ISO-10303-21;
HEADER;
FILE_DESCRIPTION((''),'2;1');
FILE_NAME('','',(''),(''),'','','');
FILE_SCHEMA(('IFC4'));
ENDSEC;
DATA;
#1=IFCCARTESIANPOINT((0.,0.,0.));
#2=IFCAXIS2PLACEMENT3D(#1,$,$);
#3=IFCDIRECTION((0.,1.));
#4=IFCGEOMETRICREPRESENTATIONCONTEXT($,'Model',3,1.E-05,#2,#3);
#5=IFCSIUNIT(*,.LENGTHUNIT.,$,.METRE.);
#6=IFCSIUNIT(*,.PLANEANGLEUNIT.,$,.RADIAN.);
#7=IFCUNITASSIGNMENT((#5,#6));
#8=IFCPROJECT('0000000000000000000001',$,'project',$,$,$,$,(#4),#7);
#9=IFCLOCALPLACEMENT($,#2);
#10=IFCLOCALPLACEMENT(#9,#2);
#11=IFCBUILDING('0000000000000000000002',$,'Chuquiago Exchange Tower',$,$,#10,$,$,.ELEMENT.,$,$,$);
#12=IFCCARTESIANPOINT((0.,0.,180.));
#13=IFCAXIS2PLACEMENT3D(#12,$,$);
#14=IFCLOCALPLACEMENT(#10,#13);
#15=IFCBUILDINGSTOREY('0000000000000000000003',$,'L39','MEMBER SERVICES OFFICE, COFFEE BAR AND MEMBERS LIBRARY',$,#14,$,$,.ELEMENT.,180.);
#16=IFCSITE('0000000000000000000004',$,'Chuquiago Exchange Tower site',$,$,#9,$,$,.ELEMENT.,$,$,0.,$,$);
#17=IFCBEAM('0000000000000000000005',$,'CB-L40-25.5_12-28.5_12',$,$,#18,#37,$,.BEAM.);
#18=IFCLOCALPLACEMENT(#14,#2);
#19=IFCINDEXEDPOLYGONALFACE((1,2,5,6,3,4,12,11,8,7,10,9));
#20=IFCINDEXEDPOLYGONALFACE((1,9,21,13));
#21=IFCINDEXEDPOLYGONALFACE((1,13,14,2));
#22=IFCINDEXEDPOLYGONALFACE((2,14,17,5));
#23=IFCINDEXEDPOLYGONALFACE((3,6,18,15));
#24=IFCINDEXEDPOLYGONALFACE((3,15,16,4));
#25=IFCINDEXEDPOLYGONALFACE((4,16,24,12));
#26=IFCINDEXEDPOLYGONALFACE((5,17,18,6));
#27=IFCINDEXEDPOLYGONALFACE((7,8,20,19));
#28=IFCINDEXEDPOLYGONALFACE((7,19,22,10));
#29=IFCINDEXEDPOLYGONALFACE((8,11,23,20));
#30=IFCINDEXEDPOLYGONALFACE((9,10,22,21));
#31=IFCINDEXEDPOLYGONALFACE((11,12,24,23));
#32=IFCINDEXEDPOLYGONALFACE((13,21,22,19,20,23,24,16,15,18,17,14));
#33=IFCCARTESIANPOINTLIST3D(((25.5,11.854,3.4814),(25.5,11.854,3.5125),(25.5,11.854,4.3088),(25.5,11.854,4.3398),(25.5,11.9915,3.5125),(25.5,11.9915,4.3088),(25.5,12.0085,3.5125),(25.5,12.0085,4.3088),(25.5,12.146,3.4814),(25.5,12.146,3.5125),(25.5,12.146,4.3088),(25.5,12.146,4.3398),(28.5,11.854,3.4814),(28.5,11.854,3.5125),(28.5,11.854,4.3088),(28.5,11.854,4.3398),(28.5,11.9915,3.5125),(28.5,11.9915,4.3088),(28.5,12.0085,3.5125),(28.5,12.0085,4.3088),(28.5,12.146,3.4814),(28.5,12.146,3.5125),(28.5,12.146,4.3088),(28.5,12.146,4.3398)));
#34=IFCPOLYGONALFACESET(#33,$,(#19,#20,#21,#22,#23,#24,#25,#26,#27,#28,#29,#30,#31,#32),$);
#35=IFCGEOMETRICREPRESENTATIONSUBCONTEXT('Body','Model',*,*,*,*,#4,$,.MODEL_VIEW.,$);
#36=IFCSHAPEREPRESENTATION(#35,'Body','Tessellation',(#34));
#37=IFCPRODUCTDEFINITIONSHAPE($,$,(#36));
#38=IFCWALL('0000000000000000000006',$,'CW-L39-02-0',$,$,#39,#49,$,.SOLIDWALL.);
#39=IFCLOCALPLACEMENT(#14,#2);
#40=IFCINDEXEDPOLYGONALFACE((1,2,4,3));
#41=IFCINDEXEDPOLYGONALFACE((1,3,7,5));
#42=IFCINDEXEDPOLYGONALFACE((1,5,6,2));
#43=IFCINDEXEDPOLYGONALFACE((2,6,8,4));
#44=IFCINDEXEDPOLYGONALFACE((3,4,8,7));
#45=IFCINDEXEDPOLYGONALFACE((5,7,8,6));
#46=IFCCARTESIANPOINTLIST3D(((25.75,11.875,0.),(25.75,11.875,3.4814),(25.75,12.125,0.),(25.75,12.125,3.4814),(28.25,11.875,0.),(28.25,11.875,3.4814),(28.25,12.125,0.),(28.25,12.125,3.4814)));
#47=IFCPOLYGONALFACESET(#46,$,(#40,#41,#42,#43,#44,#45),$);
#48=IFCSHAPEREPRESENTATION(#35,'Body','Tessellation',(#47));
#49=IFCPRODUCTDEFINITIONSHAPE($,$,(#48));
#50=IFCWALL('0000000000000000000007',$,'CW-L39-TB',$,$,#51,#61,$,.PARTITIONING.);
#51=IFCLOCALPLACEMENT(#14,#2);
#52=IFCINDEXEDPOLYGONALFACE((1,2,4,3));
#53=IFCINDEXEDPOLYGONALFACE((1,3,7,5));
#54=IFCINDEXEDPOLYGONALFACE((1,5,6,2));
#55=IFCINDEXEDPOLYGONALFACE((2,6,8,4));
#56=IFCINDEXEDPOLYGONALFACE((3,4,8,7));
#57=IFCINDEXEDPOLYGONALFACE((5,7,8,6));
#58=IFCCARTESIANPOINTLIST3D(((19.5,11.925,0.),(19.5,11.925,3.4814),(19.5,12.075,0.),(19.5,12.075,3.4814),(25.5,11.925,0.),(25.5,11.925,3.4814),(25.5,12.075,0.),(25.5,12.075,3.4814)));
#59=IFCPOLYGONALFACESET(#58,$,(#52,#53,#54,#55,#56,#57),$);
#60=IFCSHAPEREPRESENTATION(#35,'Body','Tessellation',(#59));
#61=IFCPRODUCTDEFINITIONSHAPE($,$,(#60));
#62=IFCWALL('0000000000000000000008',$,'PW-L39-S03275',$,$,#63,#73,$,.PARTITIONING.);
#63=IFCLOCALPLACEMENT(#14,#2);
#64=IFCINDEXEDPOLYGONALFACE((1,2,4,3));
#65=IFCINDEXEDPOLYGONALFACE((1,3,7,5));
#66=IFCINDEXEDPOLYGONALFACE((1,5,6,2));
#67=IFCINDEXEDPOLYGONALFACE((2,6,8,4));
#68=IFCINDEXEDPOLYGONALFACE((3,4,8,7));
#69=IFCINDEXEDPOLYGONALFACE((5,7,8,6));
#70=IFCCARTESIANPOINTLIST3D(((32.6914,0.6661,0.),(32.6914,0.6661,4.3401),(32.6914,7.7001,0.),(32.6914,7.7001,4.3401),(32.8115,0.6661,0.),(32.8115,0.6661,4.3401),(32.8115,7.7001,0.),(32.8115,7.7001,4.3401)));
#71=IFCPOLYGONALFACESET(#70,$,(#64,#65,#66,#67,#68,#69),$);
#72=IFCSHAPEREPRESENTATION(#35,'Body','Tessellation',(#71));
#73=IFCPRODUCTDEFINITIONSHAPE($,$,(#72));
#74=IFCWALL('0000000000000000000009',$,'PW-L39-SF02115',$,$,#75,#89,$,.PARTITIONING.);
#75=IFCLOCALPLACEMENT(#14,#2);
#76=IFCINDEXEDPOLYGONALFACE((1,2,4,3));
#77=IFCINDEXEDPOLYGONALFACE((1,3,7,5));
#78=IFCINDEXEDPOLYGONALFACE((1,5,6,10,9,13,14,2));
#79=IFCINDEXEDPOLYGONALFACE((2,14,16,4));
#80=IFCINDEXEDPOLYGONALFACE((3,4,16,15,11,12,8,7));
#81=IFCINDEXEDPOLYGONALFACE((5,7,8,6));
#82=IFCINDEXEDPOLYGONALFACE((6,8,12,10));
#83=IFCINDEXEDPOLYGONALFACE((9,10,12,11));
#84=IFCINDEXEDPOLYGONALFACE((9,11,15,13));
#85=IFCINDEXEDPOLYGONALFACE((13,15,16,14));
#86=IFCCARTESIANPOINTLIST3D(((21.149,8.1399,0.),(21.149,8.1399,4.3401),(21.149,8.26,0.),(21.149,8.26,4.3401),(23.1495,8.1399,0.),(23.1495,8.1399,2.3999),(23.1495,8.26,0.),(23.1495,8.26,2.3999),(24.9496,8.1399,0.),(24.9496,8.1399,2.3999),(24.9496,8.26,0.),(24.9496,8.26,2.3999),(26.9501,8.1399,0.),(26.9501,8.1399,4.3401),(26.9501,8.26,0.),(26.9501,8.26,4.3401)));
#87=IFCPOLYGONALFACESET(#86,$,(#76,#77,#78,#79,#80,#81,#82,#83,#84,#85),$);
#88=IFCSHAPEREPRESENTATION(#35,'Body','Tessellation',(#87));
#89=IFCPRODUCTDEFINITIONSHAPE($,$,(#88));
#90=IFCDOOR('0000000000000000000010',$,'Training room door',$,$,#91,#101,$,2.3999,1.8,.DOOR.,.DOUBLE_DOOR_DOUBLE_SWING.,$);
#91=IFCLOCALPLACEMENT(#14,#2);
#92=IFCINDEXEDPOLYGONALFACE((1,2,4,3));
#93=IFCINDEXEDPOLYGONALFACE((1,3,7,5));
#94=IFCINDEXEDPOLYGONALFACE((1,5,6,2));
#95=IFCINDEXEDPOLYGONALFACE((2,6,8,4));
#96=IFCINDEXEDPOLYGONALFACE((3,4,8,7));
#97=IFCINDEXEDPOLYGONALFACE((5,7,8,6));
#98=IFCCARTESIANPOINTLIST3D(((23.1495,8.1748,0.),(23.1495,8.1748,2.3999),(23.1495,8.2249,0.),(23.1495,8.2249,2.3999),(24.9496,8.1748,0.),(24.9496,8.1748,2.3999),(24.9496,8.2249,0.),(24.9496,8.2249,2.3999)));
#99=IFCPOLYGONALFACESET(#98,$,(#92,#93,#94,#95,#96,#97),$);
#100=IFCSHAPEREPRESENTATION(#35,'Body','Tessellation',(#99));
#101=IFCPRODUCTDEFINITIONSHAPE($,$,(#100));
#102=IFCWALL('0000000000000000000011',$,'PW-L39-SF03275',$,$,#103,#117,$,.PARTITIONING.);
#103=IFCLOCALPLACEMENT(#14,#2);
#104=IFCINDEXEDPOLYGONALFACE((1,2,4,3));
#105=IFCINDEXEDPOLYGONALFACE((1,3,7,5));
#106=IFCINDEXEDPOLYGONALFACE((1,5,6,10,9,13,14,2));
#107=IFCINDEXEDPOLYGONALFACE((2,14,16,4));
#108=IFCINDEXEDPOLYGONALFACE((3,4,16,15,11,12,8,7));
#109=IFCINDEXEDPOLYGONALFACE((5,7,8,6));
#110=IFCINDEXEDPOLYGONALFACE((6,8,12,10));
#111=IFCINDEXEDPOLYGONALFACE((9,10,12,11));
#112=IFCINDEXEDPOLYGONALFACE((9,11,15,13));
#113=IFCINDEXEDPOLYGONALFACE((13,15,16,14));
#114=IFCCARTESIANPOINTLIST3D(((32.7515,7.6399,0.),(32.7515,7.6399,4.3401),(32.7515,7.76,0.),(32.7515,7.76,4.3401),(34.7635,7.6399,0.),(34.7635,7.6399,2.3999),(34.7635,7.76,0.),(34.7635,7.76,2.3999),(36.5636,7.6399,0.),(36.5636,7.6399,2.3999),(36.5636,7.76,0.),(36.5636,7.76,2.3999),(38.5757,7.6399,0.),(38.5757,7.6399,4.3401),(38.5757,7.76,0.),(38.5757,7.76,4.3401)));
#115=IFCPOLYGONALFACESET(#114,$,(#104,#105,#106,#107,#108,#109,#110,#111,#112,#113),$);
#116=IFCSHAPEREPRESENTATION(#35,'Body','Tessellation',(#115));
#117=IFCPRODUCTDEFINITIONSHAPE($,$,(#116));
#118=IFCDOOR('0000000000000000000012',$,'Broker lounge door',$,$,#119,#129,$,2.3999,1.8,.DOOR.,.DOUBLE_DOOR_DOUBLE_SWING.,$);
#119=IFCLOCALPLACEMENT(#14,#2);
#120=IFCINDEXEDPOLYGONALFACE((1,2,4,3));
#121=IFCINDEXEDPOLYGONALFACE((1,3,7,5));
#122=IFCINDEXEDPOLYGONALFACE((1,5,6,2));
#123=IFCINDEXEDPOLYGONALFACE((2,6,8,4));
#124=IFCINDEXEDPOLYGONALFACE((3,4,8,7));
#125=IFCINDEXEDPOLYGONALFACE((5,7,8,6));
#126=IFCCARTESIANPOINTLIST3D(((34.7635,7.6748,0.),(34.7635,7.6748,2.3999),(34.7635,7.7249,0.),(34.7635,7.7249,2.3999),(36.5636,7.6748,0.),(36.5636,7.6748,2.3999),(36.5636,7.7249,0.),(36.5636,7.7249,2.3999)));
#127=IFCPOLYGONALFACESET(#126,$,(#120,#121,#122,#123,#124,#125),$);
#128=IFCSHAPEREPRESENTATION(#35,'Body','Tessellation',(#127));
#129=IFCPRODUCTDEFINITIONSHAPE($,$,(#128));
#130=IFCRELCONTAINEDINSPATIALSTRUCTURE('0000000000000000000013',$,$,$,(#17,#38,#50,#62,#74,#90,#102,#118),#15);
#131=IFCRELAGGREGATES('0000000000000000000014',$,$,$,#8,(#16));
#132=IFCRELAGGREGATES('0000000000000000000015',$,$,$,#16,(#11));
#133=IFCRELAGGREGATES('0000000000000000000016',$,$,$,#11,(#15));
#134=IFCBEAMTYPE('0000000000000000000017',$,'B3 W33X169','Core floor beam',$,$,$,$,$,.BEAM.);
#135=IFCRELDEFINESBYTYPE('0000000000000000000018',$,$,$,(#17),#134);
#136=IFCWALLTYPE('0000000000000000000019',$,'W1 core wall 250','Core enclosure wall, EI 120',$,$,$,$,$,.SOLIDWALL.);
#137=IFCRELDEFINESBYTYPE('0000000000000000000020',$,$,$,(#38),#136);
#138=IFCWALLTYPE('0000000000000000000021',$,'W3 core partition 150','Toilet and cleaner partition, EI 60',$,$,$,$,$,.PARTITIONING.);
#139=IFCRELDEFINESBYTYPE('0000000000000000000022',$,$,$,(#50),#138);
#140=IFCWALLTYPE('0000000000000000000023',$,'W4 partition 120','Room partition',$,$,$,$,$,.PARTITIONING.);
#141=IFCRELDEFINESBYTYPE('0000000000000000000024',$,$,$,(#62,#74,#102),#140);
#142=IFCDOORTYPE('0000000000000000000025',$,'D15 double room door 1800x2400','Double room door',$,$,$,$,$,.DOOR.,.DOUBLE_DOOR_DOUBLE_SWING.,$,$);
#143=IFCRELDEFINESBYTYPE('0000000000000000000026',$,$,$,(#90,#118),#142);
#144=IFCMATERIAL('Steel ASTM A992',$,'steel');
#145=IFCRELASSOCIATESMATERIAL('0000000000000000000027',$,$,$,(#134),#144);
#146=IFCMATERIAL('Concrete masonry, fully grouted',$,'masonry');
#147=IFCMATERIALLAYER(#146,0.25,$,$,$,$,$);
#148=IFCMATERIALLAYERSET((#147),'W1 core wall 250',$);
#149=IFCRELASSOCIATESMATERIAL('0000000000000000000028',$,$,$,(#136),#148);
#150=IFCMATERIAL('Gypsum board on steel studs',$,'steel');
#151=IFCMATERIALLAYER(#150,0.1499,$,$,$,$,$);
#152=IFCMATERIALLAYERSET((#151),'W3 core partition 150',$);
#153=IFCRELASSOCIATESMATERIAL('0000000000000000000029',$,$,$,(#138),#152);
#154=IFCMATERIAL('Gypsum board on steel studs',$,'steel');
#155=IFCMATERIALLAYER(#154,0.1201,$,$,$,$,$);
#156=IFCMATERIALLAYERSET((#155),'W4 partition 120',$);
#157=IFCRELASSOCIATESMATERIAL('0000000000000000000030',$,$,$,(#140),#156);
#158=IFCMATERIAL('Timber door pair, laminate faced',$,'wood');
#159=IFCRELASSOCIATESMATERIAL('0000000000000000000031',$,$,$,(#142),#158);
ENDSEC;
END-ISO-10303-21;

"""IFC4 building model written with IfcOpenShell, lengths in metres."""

from ifc_helpers import new_model, si_unit, direction, frame, frame_2d, origin, origin_2d, place, context, subcontext, project, spatial, rectangle, i_section, extrude, material, layer, layer_set, material_profile, profile_set, type_object, element, fill, save


model = new_model("IFC4")

# Units and contexts
model_context = context("Model", 3, precision=1e-05, world=origin(), true_north=direction((0.0, 1.0)))
body_context = subcontext(model_context, "Body", "Model", "MODEL_VIEW")
ifc_project = project(units=[si_unit("LENGTHUNIT", "METRE"), si_unit("PLANEANGLEUNIT", "RADIAN")], contexts=[model_context])

# Site, building, storey
site_placement = place(None, origin())
site = spatial("IfcSite", under=ifc_project, at=site_placement, Name="Chuquiago Exchange Tower site", CompositionType="ELEMENT", RefElevation=0.0)
building_placement = place(site_placement, origin())
building = spatial("IfcBuilding", under=site, at=building_placement, Name="Chuquiago Exchange Tower", CompositionType="ELEMENT")
storey_placement = place(building_placement, frame((0.0, 0.0, 180.0)))
storey = spatial("IfcBuildingStorey", under=building, at=storey_placement, Name="L39", Description="MEMBER SERVICES OFFICE, COFFEE BAR AND MEMBERS LIBRARY", CompositionType="ELEMENT", Elevation=180.0)

# Beam
ifc_material_1 = material(Name="Steel ASTM A992", Category="steel")
ifc_material_profile_1 = material_profile(ifc_material_1, i_section(OverallWidth=0.292, OverallDepth=0.8584, WebThickness=0.0171, FlangeThickness=0.031, at=origin_2d()), Name="W33X169")
ifc_profile_set_1 = profile_set([ifc_material_profile_1], Name="Steel ASTM A992")
beam_type_1 = type_object("IfcBeamType", Name="B3 W33X169", Description="Core floor beam", PredefinedType="BEAM", material=ifc_profile_set_1)
beam_1_placement = place(storey_placement, frame((25.5, 12.0, 3.9106), z_axis=(1.0, 0.0, 0.0), x_axis=(0.0, 1.0, 0.0)))
element("IfcBeam", 1, at=beam_1_placement, inside=storey, type_object=beam_type_1, Name="CB-L40-25.5_12-28.5_12", PredefinedType="BEAM", context=body_context, shape_type="SweptSolid", body=[
    extrude(i_section(OverallWidth=0.292, OverallDepth=0.8584, WebThickness=0.0171, FlangeThickness=0.031, at=origin_2d()), origin(), (0.0, 0.0, 1.0), 3.0),
])

# Walls
ifc_material_2 = material(Name="Concrete masonry, fully grouted", Category="masonry")
ifc_layer_1 = layer(ifc_material_2, 0.25)
ifc_layer_set_1 = layer_set([ifc_layer_1], Name="W1 core wall 250")
wall_type_1 = type_object("IfcWallType", Name="W1 core wall 250", Description="Core enclosure wall, EI 120", PredefinedType="SOLIDWALL", material=ifc_layer_set_1)
wall_1_placement = place(storey_placement, frame((25.75, 12.0, 0.0), z_axis=(0.0, 0.0, 1.0), x_axis=(1.0, 0.0, 0.0)))
element("IfcWall", 2, at=wall_1_placement, inside=storey, type_object=wall_type_1, Name="CW-L39-02-0", PredefinedType="SOLIDWALL", context=body_context, shape_type="SweptSolid", body=[
    extrude(rectangle(XDim=2.5, YDim=0.25, at=frame_2d((1.25, 0.0))), origin(), (0.0, 0.0, 1.0), 3.4814),
])
ifc_material_3 = material(Name="Gypsum board on steel studs", Category="steel")
ifc_layer_2 = layer(ifc_material_3, 0.1499)
ifc_layer_set_2 = layer_set([ifc_layer_2], Name="W3 core partition 150")
wall_type_2 = type_object("IfcWallType", Name="W3 core partition 150", Description="Toilet and cleaner partition, EI 60", PredefinedType="PARTITIONING", material=ifc_layer_set_2)
wall_2_placement = place(storey_placement, frame((19.5, 12.0, 0.0), z_axis=(0.0, 0.0, 1.0), x_axis=(1.0, 0.0, 0.0)))
element("IfcWall", 3, at=wall_2_placement, inside=storey, type_object=wall_type_2, Name="CW-L39-TB", PredefinedType="PARTITIONING", context=body_context, shape_type="SweptSolid", body=[
    extrude(rectangle(XDim=6.0, YDim=0.1499, at=frame_2d((3.0, 0.0))), origin(), (0.0, 0.0, 1.0), 3.4814),
])
ifc_material_4 = material(Name="Gypsum board on steel studs", Category="steel")
ifc_layer_3 = layer(ifc_material_4, 0.1201)
ifc_layer_set_3 = layer_set([ifc_layer_3], Name="W4 partition 120")
wall_type_3 = type_object("IfcWallType", Name="W4 partition 120", Description="Room partition", PredefinedType="PARTITIONING", material=ifc_layer_set_3)
wall_3_placement = place(storey_placement, frame((32.7515, 0.666, 0.0), z_axis=(0.0, 0.0, 1.0), x_axis=(0.0, 1.0, 0.0)))
element("IfcWall", 4, at=wall_3_placement, inside=storey, type_object=wall_type_3, Name="PW-L39-S03275", PredefinedType="PARTITIONING", context=body_context, shape_type="SweptSolid", body=[
    extrude(rectangle(XDim=7.0339, YDim=0.1201, at=frame_2d((3.5171, 0.0))), origin(), (0.0, 0.0, 1.0), 4.3401),
])

# Walls, openings, doors
wall_4_placement = place(storey_placement, frame((21.1492, 8.2, 0.0), z_axis=(0.0, 0.0, 1.0), x_axis=(1.0, 0.0, 0.0)))
wall_4 = element("IfcWall", 5, at=wall_4_placement, inside=storey, type_object=wall_type_3, Name="PW-L39-SF02115", PredefinedType="PARTITIONING", context=body_context, shape_type="SweptSolid", body=[
    extrude(rectangle(XDim=5.801, YDim=0.1201, at=frame_2d((2.9004, 0.0))), origin(), (0.0, 0.0, 1.0), 4.3401),
])
opening_1_placement = place(wall_4_placement, frame((2.0005, 0.0, 0.0)))
opening_1 = element("IfcOpeningElement", 6, at=opening_1_placement, cuts=wall_4, PredefinedType="OPENING", context=body_context, shape_type="SweptSolid", body=[
    extrude(rectangle(XDim=1.8, YDim=2.3999, at=frame_2d((0.8999, 1.2))), frame((0.0, 0.0701, 0.0), z_axis=(0.0, -1.0, 0.0), x_axis=(1.0, 0.0, 0.0)), (0.0, 0.0, 1.0), 0.1401),
])
ifc_material_5 = material(Name="Timber door pair, laminate faced", Category="wood")
door_type = type_object("IfcDoorType", Name="D15 double room door 1800x2400", Description="Double room door", OperationType="DOUBLE_DOOR_DOUBLE_SWING", PredefinedType="DOOR", material=ifc_material_5)
door_1_placement = place(opening_1_placement, origin())
door_1 = element("IfcDoor", 7, at=door_1_placement, inside=storey, type_object=door_type, Name="Training room door", OperationType="DOUBLE_DOOR_DOUBLE_SWING", OverallHeight=2.3999, OverallWidth=1.8, PredefinedType="DOOR", context=body_context, shape_type="SweptSolid", body=[
    extrude(rectangle(XDim=1.8, YDim=2.3999, at=frame_2d((0.8999, 1.2))), frame((0.0, 0.0249, 0.0), z_axis=(0.0, -1.0, 0.0), x_axis=(1.0, 0.0, 0.0)), (0.0, 0.0, 1.0), 0.05),
])
fill(opening_1, door_1)
wall_5_placement = place(storey_placement, frame((32.7515, 7.7, 0.0), z_axis=(0.0, 0.0, 1.0), x_axis=(1.0, 0.0, 0.0)))
wall_5 = element("IfcWall", 8, at=wall_5_placement, inside=storey, type_object=wall_type_3, Name="PW-L39-SF03275", PredefinedType="PARTITIONING", context=body_context, shape_type="SweptSolid", body=[
    extrude(rectangle(XDim=5.8242, YDim=0.1201, at=frame_2d((2.9121, 0.0))), origin(), (0.0, 0.0, 1.0), 4.3401),
])
opening_2_placement = place(wall_5_placement, frame((2.0122, 0.0, 0.0)))
opening_2 = element("IfcOpeningElement", 9, at=opening_2_placement, cuts=wall_5, PredefinedType="OPENING", context=body_context, shape_type="SweptSolid", body=[
    extrude(rectangle(XDim=1.8, YDim=2.3999, at=frame_2d((0.8999, 1.2))), frame((0.0, 0.0701, 0.0), z_axis=(0.0, -1.0, 0.0), x_axis=(1.0, 0.0, 0.0)), (0.0, 0.0, 1.0), 0.1401),
])
door_2_placement = place(opening_2_placement, origin())
door_2 = element("IfcDoor", 10, at=door_2_placement, inside=storey, type_object=door_type, Name="Broker lounge door", OperationType="DOUBLE_DOOR_DOUBLE_SWING", OverallHeight=2.3999, OverallWidth=1.8, PredefinedType="DOOR", context=body_context, shape_type="SweptSolid", body=[
    extrude(rectangle(XDim=1.8, YDim=2.3999, at=frame_2d((0.8999, 1.2))), frame((0.0, 0.0249, 0.0), z_axis=(0.0, -1.0, 0.0), x_axis=(1.0, 0.0, 0.0)), (0.0, 0.0, 1.0), 0.05),
])
fill(opening_2, door_2)

save(model, "model.ifc")
